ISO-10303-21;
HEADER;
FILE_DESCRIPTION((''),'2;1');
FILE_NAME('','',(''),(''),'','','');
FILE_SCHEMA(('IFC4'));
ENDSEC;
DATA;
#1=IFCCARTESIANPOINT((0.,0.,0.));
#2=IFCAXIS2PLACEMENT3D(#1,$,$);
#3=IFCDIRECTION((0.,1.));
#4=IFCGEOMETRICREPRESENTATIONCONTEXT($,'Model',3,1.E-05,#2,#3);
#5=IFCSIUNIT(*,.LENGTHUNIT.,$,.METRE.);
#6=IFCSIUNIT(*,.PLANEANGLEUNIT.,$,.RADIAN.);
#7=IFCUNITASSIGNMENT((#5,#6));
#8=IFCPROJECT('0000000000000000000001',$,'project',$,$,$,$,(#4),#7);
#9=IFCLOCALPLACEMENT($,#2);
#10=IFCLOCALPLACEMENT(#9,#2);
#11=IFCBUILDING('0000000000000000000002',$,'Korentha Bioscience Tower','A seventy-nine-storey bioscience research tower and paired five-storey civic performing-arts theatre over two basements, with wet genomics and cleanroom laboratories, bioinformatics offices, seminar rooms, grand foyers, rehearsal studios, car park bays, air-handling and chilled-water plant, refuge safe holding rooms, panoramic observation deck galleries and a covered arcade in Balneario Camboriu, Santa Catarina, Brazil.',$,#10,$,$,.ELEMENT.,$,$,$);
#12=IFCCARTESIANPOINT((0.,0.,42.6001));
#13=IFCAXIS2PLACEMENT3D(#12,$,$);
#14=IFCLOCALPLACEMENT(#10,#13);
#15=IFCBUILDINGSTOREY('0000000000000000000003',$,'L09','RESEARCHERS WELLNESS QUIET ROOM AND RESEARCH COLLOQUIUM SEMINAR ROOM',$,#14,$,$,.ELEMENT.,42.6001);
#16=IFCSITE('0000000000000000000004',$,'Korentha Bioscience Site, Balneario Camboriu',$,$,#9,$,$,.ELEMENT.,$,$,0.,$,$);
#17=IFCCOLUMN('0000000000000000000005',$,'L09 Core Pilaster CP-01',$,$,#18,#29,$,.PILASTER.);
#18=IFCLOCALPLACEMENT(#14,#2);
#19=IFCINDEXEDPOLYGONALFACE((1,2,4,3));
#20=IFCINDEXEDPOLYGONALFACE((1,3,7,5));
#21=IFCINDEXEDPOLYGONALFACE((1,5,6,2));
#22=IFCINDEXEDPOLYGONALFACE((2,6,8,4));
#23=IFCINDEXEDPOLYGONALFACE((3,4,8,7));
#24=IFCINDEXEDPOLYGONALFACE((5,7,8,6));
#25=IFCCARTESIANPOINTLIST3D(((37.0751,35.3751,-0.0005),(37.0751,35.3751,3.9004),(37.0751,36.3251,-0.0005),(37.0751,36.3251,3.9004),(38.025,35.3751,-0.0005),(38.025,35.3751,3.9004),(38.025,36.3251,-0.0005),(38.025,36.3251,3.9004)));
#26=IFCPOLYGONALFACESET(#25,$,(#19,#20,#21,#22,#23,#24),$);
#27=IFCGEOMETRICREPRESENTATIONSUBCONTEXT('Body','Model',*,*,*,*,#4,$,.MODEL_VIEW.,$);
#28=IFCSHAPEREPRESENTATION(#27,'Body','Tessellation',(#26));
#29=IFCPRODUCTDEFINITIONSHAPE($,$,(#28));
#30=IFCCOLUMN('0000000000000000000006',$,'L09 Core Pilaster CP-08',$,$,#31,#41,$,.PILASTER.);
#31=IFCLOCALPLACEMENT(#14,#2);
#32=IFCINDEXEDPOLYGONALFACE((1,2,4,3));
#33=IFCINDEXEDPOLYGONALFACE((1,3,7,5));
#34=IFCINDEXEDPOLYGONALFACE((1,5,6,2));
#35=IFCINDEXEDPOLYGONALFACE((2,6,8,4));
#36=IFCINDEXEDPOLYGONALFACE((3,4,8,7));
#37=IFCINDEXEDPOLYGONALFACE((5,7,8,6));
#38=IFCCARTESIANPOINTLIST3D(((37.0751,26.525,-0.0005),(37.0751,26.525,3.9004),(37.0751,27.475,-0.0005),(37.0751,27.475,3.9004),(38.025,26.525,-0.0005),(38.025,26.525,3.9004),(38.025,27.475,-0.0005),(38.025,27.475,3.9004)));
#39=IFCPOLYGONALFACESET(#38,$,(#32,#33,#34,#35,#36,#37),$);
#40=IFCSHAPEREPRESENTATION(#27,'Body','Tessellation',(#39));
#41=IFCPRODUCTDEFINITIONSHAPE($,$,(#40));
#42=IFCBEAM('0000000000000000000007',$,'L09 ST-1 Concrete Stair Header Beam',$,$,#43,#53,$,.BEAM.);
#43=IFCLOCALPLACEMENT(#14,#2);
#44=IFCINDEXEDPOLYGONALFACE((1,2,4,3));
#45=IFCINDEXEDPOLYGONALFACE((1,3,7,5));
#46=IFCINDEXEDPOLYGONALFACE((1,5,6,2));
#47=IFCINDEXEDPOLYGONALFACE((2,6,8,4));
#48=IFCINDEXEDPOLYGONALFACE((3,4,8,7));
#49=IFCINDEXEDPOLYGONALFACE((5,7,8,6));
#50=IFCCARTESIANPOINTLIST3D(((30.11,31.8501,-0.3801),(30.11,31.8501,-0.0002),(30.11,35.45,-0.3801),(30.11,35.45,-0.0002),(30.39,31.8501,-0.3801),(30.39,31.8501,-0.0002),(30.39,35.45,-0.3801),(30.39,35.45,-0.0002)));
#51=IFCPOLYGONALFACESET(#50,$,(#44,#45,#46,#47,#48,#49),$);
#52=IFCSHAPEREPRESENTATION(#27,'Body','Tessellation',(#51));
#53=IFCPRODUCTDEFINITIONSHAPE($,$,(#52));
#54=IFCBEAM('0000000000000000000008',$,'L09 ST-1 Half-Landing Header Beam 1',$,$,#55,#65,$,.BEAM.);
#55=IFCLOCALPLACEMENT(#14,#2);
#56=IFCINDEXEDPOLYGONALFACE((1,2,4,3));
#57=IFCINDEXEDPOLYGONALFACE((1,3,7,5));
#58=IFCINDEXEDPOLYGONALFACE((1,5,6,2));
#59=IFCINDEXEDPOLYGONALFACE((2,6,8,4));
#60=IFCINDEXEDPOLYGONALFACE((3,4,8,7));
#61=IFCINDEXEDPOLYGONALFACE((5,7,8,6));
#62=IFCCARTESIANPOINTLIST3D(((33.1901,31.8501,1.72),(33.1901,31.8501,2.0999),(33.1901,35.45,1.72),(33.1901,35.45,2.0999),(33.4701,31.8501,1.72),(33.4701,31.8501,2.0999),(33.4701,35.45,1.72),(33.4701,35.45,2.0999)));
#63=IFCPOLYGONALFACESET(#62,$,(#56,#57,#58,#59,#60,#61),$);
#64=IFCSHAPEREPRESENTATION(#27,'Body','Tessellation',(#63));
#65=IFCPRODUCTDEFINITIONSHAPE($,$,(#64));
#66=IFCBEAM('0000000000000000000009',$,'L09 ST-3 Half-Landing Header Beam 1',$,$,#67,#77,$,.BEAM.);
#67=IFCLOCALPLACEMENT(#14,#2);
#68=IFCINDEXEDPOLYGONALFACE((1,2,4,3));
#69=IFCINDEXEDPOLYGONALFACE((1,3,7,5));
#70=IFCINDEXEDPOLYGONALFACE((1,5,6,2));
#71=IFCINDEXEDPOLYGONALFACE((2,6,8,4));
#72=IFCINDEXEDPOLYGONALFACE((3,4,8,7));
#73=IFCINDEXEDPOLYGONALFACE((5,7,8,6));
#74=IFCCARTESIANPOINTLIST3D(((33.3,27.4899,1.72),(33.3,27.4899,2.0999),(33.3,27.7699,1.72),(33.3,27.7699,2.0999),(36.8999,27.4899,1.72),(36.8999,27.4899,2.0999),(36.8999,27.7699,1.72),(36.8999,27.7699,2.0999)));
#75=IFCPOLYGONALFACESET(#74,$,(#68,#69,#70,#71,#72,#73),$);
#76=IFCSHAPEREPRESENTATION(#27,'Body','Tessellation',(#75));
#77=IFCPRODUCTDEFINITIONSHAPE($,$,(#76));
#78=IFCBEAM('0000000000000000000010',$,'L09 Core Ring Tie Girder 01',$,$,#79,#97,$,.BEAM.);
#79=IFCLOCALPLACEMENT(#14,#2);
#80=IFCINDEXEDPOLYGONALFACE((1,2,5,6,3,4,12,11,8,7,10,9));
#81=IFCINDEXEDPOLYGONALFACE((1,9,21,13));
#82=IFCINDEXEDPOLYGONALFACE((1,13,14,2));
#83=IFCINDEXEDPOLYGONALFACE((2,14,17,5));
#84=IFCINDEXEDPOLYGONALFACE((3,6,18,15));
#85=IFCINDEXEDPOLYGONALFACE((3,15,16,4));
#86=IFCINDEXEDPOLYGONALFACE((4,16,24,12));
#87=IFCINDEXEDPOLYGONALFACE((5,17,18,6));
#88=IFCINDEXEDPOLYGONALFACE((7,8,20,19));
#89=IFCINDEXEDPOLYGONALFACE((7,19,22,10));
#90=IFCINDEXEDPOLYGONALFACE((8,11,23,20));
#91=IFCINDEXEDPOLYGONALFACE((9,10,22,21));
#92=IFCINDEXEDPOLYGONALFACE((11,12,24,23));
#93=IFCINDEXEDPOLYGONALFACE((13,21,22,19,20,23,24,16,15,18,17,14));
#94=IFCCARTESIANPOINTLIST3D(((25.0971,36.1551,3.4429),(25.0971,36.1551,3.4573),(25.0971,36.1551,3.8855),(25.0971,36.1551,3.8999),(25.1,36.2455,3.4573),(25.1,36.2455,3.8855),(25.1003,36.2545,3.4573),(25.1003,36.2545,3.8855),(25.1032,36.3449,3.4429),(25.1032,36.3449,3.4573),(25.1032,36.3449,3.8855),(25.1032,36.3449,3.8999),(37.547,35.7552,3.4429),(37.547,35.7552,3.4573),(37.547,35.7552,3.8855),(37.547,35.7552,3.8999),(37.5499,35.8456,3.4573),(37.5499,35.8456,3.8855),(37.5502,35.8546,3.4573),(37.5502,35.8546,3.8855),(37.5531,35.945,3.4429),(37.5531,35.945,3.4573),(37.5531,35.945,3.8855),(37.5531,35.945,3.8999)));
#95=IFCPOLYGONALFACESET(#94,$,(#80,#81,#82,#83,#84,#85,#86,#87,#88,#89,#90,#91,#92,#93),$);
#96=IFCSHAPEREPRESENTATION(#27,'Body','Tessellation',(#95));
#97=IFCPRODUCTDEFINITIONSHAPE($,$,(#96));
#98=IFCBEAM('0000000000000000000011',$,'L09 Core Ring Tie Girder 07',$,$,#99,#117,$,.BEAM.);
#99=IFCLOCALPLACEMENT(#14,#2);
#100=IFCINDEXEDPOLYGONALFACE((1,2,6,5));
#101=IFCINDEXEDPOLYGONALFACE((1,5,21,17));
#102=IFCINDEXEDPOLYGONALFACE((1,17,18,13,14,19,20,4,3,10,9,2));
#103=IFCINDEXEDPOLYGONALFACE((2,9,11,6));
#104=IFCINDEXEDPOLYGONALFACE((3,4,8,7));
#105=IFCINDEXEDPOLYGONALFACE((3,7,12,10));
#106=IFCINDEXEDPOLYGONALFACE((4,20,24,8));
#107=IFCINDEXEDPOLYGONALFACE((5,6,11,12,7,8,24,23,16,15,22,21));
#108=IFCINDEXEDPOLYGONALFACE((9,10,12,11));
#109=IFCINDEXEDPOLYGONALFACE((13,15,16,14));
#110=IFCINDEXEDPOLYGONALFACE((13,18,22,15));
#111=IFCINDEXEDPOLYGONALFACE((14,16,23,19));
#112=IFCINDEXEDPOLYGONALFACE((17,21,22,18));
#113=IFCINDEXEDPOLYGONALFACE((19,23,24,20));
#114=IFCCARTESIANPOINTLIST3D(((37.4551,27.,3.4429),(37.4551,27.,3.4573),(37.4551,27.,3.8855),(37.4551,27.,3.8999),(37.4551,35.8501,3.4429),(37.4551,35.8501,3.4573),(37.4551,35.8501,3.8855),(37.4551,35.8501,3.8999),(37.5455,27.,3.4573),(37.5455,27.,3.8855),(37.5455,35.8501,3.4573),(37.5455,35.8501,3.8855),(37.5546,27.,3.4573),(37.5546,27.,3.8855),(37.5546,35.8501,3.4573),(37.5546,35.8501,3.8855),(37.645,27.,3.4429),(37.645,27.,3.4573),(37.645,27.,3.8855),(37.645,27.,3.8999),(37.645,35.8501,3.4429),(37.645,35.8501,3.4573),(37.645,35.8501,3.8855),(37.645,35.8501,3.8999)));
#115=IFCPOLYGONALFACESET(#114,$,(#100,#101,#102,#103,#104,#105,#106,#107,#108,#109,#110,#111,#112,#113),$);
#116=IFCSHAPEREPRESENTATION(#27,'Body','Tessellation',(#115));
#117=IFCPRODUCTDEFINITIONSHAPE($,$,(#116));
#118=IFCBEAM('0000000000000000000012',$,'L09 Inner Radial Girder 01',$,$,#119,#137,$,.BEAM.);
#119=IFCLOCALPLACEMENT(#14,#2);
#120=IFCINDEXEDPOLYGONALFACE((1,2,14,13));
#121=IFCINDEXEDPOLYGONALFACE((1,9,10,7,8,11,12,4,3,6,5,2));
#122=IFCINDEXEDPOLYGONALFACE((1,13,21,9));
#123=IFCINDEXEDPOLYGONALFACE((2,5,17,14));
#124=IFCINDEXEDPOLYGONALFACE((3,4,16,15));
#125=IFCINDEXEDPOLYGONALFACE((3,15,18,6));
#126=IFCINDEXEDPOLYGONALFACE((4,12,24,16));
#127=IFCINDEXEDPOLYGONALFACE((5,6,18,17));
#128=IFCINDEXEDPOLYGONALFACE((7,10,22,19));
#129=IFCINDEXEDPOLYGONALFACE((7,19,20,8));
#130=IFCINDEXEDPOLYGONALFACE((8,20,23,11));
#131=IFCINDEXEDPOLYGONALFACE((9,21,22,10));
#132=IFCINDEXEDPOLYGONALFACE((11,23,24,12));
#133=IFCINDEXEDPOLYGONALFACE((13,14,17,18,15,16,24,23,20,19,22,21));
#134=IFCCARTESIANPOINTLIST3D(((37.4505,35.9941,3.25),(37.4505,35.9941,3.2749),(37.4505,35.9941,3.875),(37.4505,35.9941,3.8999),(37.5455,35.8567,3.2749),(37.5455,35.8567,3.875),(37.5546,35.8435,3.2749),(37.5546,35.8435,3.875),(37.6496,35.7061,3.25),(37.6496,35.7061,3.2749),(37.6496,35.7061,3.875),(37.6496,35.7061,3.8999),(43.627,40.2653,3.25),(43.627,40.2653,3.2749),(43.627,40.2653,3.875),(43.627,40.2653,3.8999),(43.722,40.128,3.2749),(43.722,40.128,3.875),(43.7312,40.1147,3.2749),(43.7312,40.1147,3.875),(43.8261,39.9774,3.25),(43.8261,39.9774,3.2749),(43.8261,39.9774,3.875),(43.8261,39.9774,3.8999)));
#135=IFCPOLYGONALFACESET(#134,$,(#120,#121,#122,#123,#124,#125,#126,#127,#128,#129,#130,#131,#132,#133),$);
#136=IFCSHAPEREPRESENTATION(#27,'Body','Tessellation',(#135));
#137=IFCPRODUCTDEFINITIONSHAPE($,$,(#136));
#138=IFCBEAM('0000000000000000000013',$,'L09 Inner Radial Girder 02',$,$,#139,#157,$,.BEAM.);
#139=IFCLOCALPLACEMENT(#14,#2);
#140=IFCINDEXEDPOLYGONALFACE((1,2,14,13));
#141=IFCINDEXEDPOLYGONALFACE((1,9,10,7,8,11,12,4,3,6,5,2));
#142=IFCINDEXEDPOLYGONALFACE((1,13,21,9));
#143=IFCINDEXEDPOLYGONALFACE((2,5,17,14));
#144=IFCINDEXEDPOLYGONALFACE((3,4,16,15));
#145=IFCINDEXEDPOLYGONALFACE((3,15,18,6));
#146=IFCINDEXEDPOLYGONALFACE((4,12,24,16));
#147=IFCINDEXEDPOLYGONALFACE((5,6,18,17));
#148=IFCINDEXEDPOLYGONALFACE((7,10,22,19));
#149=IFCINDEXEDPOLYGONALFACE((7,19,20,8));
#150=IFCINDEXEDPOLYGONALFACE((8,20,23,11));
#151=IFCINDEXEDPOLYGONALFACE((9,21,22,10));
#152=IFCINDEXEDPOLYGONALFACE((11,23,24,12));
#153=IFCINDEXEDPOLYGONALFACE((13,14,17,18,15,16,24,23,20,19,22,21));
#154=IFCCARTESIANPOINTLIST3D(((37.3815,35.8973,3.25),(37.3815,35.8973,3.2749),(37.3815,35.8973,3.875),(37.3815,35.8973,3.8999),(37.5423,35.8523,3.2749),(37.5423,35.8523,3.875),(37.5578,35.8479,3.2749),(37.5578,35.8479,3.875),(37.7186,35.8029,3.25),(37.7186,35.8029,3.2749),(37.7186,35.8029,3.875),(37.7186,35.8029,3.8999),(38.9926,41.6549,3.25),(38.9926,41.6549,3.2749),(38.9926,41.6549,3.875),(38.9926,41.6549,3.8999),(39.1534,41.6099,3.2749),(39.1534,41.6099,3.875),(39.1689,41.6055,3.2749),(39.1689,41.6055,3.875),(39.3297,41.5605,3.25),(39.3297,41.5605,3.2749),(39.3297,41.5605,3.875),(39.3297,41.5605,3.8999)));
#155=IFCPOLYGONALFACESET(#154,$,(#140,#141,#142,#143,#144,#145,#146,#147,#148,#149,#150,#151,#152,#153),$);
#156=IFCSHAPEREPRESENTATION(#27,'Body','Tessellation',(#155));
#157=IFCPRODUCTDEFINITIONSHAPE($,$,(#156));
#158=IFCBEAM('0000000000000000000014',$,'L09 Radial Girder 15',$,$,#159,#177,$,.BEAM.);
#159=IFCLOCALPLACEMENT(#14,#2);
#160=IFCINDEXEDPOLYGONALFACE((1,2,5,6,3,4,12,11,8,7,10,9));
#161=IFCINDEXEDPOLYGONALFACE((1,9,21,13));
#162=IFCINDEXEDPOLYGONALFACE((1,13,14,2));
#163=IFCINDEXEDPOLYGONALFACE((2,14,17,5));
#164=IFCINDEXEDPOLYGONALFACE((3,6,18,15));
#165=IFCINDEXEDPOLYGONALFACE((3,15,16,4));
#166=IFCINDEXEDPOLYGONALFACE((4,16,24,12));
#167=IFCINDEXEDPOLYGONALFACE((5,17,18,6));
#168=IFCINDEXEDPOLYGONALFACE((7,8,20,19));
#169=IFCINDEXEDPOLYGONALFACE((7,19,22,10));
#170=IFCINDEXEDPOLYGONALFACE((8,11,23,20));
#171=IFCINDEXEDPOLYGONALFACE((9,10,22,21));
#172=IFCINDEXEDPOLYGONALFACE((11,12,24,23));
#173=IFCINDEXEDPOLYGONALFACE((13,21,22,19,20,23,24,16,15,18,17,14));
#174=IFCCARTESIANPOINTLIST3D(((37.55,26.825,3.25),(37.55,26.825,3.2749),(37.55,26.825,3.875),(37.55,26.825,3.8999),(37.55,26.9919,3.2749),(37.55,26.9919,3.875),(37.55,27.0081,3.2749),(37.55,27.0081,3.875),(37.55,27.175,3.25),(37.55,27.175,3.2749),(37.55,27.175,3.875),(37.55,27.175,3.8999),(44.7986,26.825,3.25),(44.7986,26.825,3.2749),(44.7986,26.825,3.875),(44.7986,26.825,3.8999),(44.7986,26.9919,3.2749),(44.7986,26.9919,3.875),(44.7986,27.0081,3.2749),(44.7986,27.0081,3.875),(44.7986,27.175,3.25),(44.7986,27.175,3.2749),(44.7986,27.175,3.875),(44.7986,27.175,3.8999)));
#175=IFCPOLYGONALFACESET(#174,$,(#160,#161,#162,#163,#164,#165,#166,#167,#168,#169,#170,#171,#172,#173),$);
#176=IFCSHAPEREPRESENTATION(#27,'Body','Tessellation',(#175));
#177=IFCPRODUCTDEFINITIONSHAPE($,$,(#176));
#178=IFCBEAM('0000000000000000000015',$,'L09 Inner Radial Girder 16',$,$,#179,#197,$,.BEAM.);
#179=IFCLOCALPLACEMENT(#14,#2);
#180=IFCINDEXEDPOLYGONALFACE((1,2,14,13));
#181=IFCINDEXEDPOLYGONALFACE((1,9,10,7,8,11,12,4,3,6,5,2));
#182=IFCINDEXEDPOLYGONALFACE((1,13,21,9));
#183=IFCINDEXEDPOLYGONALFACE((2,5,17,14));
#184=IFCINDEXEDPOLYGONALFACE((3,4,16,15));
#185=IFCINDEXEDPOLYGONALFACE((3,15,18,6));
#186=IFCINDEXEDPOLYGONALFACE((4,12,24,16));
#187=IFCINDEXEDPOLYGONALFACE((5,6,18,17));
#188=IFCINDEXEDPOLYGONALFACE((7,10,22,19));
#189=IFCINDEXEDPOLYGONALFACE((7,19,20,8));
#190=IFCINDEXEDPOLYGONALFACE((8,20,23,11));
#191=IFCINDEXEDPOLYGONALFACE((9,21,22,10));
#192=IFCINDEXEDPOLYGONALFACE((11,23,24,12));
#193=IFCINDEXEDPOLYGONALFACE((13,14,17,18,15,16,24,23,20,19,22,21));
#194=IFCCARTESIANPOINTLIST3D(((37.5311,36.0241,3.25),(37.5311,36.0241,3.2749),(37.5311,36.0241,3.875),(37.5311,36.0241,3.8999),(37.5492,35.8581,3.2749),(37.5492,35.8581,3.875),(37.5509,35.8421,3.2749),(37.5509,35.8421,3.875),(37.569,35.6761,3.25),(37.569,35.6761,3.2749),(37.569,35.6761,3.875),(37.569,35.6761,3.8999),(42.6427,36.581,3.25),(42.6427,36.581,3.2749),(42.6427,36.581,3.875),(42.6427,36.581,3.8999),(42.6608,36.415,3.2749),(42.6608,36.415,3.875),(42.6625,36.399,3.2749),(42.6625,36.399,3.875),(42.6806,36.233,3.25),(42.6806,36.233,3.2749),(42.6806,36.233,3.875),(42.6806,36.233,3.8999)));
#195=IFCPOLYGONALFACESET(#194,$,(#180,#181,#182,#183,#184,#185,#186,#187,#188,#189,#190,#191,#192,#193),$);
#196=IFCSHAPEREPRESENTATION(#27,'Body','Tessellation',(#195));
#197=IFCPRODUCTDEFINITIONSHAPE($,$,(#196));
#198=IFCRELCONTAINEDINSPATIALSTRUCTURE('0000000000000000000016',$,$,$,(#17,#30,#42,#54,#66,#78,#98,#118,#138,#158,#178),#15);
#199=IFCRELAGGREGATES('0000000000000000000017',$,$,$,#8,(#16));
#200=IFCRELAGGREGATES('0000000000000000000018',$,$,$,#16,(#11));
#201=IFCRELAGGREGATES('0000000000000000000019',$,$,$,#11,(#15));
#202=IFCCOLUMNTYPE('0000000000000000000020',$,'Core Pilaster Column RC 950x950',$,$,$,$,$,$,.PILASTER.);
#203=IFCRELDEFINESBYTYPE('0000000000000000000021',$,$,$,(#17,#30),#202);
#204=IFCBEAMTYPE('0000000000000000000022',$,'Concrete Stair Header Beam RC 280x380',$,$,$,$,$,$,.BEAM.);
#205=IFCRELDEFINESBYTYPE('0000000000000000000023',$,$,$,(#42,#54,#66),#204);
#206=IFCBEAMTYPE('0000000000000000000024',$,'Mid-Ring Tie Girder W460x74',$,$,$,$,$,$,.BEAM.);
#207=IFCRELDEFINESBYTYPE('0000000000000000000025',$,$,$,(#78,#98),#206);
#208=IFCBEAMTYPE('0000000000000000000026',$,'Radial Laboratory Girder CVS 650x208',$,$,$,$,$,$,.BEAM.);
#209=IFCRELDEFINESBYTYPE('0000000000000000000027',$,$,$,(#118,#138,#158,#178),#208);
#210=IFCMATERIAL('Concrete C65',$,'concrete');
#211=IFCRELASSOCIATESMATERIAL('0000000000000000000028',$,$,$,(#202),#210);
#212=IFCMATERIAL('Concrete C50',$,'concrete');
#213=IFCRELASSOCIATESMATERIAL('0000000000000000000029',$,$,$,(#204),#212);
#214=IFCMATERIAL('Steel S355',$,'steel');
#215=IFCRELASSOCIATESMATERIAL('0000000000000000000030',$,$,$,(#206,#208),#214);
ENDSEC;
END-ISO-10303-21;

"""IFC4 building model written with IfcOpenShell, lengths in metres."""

from ifc_helpers import new_model, si_unit, direction, frame, origin, origin_2d, place, context, subcontext, project, spatial, rectangle, i_section, extrude, material, material_profile, profile_set, type_object, element, save


model = new_model("IFC4")

# Units and contexts
model_context = context("Model", 3, precision=1e-05, world=origin(), true_north=direction((0.0, 1.0)))
body_context = subcontext(model_context, "Body", "Model", "MODEL_VIEW")
ifc_project = project(units=[si_unit("LENGTHUNIT", "METRE"), si_unit("PLANEANGLEUNIT", "RADIAN")], contexts=[model_context])

# Site, building, storey
site_placement = place(None, origin())
site = spatial("IfcSite", under=ifc_project, at=site_placement, Name="Korentha Bioscience Site, Balneario Camboriu", CompositionType="ELEMENT", RefElevation=0.0)
building_placement = place(site_placement, origin())
building = spatial("IfcBuilding", under=site, at=building_placement, Name="Korentha Bioscience Tower", Description="A seventy-nine-storey bioscience research tower and paired five-storey civic performing-arts theatre over two basements, with wet genomics and cleanroom laboratories, bioinformatics offices, seminar rooms, grand foyers, rehearsal studios, car park bays, air-handling and chilled-water plant, refuge safe holding rooms, panoramic observation deck galleries and a covered arcade in Balneario Camboriu, Santa Catarina, Brazil.", CompositionType="ELEMENT")
storey_placement = place(building_placement, frame((0.0, 0.0, 42.6001)))
storey = spatial("IfcBuildingStorey", under=building, at=storey_placement, Name="L09", Description="RESEARCHERS WELLNESS QUIET ROOM AND RESEARCH COLLOQUIUM SEMINAR ROOM", CompositionType="ELEMENT", Elevation=42.6001)

# Columns
ifc_material_1 = material(Name="Concrete C65", Category="concrete")
ifc_material_profile_1 = material_profile(ifc_material_1, rectangle(XDim=0.95, YDim=0.95, at=origin_2d()), Name="Concrete C65")
ifc_profile_set_1 = profile_set([ifc_material_profile_1], Name="Concrete C65 (COL-CP09)")
column_type = type_object("IfcColumnType", Name="Core Pilaster Column RC 950x950", PredefinedType="PILASTER", material=ifc_profile_set_1)
for number, where, z_axis, x_axis, name in (
    (1, (37.55, 35.8501, -0.0005), (0.0, 0.0, 1.0), (1.0, 0.0, 0.0), "L09 Core Pilaster CP-01"),
    (2, (37.55, 27.0, -0.0005), (0.0, 0.0, 1.0), (1.0, 0.0, 0.0), "L09 Core Pilaster CP-08"),
):
    element("IfcColumn", number, at=place(storey_placement, frame(where, z_axis=z_axis, x_axis=x_axis)), inside=storey, type_object=column_type, Name=name, PredefinedType="PILASTER", context=body_context, shape_type="SweptSolid", body=[
        extrude(rectangle(XDim=0.95, YDim=0.95, at=origin_2d()), origin(), (0.0, 0.0, 1.0), 3.9009),
    ])

# Beams
ifc_material_2 = material(Name="Concrete C50", Category="concrete")
ifc_material_profile_2 = material_profile(ifc_material_2, rectangle(XDim=0.28, YDim=0.3799, at=origin_2d()), Name="Concrete C50")
ifc_profile_set_2 = profile_set([ifc_material_profile_2], Name="Concrete C50 (ST-HB380)")
beam_type_1 = type_object("IfcBeamType", Name="Concrete Stair Header Beam RC 280x380", PredefinedType="BEAM", material=ifc_profile_set_2)
for number, where, z_axis, x_axis, name in (
    (3, (30.25, 31.8501, -0.1902), (0.0, 1.0, 0.0), (-1.0, 0.0, 0.0), "L09 ST-1 Concrete Stair Header Beam"),
    (4, (33.3301, 31.8501, 1.9099), (0.0, 1.0, 0.0), (-1.0, 0.0, 0.0), "L09 ST-1 Half-Landing Header Beam 1"),
    (5, (36.8999, 27.6299, 1.9099), (-1.0, 0.0, 0.0), (0.0, -1.0, 0.0), "L09 ST-3 Half-Landing Header Beam 1"),
):
    element("IfcBeam", number, at=place(storey_placement, frame(where, z_axis=z_axis, x_axis=x_axis)), inside=storey, type_object=beam_type_1, Name=name, PredefinedType="BEAM", context=body_context, shape_type="SweptSolid", body=[
        extrude(rectangle(XDim=0.28, YDim=0.3799, at=origin_2d()), origin(), (0.0, 0.0, 1.0), 3.5999),
    ])
ifc_material_3 = material(Name="Steel S355", Category="steel")
ifc_material_profile_3 = material_profile(ifc_material_3, i_section(OverallWidth=0.1899, OverallDepth=0.457, WebThickness=0.009, FlangeThickness=0.0144, at=origin_2d()), Name="Steel S355")
ifc_profile_set_3 = profile_set([ifc_material_profile_3], Name="Steel S355 (MB-460)")
beam_type_2 = type_object("IfcBeamType", Name="Mid-Ring Tie Girder W460x74", PredefinedType="BEAM", material=ifc_profile_set_3)
beam_1_placement = place(storey_placement, frame((37.55, 35.8501, 3.6714), z_axis=(-0.999485, 0.032104, 0.0), x_axis=(-0.032104, -0.999485, 0.0)))
element("IfcBeam", 6, at=beam_1_placement, inside=storey, type_object=beam_type_2, Name="L09 Core Ring Tie Girder 01", PredefinedType="BEAM", context=body_context, shape_type="SweptSolid", body=[
    extrude(i_section(OverallWidth=0.1899, OverallDepth=0.457, WebThickness=0.009, FlangeThickness=0.0144, at=origin_2d()), origin(), (0.0, 0.0, 1.0), 12.4563),
])
beam_2_placement = place(storey_placement, frame((37.55, 27.0, 3.6714), z_axis=(0.0, 1.0, 0.0), x_axis=(-1.0, 0.0, 0.0)))
element("IfcBeam", 7, at=beam_2_placement, inside=storey, type_object=beam_type_2, Name="L09 Core Ring Tie Girder 07", PredefinedType="BEAM", context=body_context, shape_type="SweptSolid", body=[
    extrude(i_section(OverallWidth=0.1899, OverallDepth=0.457, WebThickness=0.009, FlangeThickness=0.0144, at=origin_2d()), origin(), (0.0, 0.0, 1.0), 8.8501),
])
ifc_material_profile_4 = material_profile(ifc_material_3, i_section(OverallWidth=0.3501, OverallDepth=0.6499, WebThickness=0.0161, FlangeThickness=0.0249, at=origin_2d()), Name="Steel S355")
ifc_profile_set_4 = profile_set([ifc_material_profile_4], Name="Steel S355 (RB-650)")
beam_type_3 = type_object("IfcBeamType", Name="Radial Laboratory Girder CVS 650x208", PredefinedType="BEAM", material=ifc_profile_set_4)
beam_3_placement = place(storey_placement, frame((37.55, 35.8501, 3.575), z_axis=(0.822492, 0.568777, 0.0), x_axis=(-0.568777, 0.822492, 0.0)))
element("IfcBeam", 8, at=beam_3_placement, inside=storey, type_object=beam_type_3, Name="L09 Inner Radial Girder 01", PredefinedType="BEAM", context=body_context, shape_type="SweptSolid", body=[
    extrude(i_section(OverallWidth=0.3501, OverallDepth=0.6499, WebThickness=0.0161, FlangeThickness=0.0249, at=origin_2d()), origin(), (0.0, 0.0, 1.0), 7.5095),
])
beam_4_placement = place(storey_placement, frame((37.55, 35.8501, 3.575), z_axis=(0.269469, 0.963009, 0.0), x_axis=(-0.963009, 0.269469, 0.0)))
element("IfcBeam", 9, at=beam_4_placement, inside=storey, type_object=beam_type_3, Name="L09 Inner Radial Girder 02", PredefinedType="BEAM", context=body_context, shape_type="SweptSolid", body=[
    extrude(i_section(OverallWidth=0.3501, OverallDepth=0.6499, WebThickness=0.0161, FlangeThickness=0.0249, at=origin_2d()), origin(), (0.0, 0.0, 1.0), 5.9788),
])
beam_5_placement = place(storey_placement, frame((37.55, 27.0, 3.575), z_axis=(1.0, 0.0, 0.0), x_axis=(0.0, 1.0, 0.0)))
element("IfcBeam", 10, at=beam_5_placement, inside=storey, type_object=beam_type_3, Name="L09 Radial Girder 15", PredefinedType="BEAM", context=body_context, shape_type="SweptSolid", body=[
    extrude(i_section(OverallWidth=0.3501, OverallDepth=0.6499, WebThickness=0.0161, FlangeThickness=0.0249, at=origin_2d()), origin(), (0.0, 0.0, 1.0), 7.2485),
])
beam_6_placement = place(storey_placement, frame((37.55, 35.8501, 3.575), z_axis=(0.994118, 0.108305, 0.0), x_axis=(-0.108305, 0.994118, 0.0)))
element("IfcBeam", 11, at=beam_6_placement, inside=storey, type_object=beam_type_3, Name="L09 Inner Radial Girder 16", PredefinedType="BEAM", context=body_context, shape_type="SweptSolid", body=[
    extrude(i_section(OverallWidth=0.3501, OverallDepth=0.6499, WebThickness=0.0161, FlangeThickness=0.0249, at=origin_2d()), origin(), (0.0, 0.0, 1.0), 5.1418),
])

save(model, "model.ifc")
